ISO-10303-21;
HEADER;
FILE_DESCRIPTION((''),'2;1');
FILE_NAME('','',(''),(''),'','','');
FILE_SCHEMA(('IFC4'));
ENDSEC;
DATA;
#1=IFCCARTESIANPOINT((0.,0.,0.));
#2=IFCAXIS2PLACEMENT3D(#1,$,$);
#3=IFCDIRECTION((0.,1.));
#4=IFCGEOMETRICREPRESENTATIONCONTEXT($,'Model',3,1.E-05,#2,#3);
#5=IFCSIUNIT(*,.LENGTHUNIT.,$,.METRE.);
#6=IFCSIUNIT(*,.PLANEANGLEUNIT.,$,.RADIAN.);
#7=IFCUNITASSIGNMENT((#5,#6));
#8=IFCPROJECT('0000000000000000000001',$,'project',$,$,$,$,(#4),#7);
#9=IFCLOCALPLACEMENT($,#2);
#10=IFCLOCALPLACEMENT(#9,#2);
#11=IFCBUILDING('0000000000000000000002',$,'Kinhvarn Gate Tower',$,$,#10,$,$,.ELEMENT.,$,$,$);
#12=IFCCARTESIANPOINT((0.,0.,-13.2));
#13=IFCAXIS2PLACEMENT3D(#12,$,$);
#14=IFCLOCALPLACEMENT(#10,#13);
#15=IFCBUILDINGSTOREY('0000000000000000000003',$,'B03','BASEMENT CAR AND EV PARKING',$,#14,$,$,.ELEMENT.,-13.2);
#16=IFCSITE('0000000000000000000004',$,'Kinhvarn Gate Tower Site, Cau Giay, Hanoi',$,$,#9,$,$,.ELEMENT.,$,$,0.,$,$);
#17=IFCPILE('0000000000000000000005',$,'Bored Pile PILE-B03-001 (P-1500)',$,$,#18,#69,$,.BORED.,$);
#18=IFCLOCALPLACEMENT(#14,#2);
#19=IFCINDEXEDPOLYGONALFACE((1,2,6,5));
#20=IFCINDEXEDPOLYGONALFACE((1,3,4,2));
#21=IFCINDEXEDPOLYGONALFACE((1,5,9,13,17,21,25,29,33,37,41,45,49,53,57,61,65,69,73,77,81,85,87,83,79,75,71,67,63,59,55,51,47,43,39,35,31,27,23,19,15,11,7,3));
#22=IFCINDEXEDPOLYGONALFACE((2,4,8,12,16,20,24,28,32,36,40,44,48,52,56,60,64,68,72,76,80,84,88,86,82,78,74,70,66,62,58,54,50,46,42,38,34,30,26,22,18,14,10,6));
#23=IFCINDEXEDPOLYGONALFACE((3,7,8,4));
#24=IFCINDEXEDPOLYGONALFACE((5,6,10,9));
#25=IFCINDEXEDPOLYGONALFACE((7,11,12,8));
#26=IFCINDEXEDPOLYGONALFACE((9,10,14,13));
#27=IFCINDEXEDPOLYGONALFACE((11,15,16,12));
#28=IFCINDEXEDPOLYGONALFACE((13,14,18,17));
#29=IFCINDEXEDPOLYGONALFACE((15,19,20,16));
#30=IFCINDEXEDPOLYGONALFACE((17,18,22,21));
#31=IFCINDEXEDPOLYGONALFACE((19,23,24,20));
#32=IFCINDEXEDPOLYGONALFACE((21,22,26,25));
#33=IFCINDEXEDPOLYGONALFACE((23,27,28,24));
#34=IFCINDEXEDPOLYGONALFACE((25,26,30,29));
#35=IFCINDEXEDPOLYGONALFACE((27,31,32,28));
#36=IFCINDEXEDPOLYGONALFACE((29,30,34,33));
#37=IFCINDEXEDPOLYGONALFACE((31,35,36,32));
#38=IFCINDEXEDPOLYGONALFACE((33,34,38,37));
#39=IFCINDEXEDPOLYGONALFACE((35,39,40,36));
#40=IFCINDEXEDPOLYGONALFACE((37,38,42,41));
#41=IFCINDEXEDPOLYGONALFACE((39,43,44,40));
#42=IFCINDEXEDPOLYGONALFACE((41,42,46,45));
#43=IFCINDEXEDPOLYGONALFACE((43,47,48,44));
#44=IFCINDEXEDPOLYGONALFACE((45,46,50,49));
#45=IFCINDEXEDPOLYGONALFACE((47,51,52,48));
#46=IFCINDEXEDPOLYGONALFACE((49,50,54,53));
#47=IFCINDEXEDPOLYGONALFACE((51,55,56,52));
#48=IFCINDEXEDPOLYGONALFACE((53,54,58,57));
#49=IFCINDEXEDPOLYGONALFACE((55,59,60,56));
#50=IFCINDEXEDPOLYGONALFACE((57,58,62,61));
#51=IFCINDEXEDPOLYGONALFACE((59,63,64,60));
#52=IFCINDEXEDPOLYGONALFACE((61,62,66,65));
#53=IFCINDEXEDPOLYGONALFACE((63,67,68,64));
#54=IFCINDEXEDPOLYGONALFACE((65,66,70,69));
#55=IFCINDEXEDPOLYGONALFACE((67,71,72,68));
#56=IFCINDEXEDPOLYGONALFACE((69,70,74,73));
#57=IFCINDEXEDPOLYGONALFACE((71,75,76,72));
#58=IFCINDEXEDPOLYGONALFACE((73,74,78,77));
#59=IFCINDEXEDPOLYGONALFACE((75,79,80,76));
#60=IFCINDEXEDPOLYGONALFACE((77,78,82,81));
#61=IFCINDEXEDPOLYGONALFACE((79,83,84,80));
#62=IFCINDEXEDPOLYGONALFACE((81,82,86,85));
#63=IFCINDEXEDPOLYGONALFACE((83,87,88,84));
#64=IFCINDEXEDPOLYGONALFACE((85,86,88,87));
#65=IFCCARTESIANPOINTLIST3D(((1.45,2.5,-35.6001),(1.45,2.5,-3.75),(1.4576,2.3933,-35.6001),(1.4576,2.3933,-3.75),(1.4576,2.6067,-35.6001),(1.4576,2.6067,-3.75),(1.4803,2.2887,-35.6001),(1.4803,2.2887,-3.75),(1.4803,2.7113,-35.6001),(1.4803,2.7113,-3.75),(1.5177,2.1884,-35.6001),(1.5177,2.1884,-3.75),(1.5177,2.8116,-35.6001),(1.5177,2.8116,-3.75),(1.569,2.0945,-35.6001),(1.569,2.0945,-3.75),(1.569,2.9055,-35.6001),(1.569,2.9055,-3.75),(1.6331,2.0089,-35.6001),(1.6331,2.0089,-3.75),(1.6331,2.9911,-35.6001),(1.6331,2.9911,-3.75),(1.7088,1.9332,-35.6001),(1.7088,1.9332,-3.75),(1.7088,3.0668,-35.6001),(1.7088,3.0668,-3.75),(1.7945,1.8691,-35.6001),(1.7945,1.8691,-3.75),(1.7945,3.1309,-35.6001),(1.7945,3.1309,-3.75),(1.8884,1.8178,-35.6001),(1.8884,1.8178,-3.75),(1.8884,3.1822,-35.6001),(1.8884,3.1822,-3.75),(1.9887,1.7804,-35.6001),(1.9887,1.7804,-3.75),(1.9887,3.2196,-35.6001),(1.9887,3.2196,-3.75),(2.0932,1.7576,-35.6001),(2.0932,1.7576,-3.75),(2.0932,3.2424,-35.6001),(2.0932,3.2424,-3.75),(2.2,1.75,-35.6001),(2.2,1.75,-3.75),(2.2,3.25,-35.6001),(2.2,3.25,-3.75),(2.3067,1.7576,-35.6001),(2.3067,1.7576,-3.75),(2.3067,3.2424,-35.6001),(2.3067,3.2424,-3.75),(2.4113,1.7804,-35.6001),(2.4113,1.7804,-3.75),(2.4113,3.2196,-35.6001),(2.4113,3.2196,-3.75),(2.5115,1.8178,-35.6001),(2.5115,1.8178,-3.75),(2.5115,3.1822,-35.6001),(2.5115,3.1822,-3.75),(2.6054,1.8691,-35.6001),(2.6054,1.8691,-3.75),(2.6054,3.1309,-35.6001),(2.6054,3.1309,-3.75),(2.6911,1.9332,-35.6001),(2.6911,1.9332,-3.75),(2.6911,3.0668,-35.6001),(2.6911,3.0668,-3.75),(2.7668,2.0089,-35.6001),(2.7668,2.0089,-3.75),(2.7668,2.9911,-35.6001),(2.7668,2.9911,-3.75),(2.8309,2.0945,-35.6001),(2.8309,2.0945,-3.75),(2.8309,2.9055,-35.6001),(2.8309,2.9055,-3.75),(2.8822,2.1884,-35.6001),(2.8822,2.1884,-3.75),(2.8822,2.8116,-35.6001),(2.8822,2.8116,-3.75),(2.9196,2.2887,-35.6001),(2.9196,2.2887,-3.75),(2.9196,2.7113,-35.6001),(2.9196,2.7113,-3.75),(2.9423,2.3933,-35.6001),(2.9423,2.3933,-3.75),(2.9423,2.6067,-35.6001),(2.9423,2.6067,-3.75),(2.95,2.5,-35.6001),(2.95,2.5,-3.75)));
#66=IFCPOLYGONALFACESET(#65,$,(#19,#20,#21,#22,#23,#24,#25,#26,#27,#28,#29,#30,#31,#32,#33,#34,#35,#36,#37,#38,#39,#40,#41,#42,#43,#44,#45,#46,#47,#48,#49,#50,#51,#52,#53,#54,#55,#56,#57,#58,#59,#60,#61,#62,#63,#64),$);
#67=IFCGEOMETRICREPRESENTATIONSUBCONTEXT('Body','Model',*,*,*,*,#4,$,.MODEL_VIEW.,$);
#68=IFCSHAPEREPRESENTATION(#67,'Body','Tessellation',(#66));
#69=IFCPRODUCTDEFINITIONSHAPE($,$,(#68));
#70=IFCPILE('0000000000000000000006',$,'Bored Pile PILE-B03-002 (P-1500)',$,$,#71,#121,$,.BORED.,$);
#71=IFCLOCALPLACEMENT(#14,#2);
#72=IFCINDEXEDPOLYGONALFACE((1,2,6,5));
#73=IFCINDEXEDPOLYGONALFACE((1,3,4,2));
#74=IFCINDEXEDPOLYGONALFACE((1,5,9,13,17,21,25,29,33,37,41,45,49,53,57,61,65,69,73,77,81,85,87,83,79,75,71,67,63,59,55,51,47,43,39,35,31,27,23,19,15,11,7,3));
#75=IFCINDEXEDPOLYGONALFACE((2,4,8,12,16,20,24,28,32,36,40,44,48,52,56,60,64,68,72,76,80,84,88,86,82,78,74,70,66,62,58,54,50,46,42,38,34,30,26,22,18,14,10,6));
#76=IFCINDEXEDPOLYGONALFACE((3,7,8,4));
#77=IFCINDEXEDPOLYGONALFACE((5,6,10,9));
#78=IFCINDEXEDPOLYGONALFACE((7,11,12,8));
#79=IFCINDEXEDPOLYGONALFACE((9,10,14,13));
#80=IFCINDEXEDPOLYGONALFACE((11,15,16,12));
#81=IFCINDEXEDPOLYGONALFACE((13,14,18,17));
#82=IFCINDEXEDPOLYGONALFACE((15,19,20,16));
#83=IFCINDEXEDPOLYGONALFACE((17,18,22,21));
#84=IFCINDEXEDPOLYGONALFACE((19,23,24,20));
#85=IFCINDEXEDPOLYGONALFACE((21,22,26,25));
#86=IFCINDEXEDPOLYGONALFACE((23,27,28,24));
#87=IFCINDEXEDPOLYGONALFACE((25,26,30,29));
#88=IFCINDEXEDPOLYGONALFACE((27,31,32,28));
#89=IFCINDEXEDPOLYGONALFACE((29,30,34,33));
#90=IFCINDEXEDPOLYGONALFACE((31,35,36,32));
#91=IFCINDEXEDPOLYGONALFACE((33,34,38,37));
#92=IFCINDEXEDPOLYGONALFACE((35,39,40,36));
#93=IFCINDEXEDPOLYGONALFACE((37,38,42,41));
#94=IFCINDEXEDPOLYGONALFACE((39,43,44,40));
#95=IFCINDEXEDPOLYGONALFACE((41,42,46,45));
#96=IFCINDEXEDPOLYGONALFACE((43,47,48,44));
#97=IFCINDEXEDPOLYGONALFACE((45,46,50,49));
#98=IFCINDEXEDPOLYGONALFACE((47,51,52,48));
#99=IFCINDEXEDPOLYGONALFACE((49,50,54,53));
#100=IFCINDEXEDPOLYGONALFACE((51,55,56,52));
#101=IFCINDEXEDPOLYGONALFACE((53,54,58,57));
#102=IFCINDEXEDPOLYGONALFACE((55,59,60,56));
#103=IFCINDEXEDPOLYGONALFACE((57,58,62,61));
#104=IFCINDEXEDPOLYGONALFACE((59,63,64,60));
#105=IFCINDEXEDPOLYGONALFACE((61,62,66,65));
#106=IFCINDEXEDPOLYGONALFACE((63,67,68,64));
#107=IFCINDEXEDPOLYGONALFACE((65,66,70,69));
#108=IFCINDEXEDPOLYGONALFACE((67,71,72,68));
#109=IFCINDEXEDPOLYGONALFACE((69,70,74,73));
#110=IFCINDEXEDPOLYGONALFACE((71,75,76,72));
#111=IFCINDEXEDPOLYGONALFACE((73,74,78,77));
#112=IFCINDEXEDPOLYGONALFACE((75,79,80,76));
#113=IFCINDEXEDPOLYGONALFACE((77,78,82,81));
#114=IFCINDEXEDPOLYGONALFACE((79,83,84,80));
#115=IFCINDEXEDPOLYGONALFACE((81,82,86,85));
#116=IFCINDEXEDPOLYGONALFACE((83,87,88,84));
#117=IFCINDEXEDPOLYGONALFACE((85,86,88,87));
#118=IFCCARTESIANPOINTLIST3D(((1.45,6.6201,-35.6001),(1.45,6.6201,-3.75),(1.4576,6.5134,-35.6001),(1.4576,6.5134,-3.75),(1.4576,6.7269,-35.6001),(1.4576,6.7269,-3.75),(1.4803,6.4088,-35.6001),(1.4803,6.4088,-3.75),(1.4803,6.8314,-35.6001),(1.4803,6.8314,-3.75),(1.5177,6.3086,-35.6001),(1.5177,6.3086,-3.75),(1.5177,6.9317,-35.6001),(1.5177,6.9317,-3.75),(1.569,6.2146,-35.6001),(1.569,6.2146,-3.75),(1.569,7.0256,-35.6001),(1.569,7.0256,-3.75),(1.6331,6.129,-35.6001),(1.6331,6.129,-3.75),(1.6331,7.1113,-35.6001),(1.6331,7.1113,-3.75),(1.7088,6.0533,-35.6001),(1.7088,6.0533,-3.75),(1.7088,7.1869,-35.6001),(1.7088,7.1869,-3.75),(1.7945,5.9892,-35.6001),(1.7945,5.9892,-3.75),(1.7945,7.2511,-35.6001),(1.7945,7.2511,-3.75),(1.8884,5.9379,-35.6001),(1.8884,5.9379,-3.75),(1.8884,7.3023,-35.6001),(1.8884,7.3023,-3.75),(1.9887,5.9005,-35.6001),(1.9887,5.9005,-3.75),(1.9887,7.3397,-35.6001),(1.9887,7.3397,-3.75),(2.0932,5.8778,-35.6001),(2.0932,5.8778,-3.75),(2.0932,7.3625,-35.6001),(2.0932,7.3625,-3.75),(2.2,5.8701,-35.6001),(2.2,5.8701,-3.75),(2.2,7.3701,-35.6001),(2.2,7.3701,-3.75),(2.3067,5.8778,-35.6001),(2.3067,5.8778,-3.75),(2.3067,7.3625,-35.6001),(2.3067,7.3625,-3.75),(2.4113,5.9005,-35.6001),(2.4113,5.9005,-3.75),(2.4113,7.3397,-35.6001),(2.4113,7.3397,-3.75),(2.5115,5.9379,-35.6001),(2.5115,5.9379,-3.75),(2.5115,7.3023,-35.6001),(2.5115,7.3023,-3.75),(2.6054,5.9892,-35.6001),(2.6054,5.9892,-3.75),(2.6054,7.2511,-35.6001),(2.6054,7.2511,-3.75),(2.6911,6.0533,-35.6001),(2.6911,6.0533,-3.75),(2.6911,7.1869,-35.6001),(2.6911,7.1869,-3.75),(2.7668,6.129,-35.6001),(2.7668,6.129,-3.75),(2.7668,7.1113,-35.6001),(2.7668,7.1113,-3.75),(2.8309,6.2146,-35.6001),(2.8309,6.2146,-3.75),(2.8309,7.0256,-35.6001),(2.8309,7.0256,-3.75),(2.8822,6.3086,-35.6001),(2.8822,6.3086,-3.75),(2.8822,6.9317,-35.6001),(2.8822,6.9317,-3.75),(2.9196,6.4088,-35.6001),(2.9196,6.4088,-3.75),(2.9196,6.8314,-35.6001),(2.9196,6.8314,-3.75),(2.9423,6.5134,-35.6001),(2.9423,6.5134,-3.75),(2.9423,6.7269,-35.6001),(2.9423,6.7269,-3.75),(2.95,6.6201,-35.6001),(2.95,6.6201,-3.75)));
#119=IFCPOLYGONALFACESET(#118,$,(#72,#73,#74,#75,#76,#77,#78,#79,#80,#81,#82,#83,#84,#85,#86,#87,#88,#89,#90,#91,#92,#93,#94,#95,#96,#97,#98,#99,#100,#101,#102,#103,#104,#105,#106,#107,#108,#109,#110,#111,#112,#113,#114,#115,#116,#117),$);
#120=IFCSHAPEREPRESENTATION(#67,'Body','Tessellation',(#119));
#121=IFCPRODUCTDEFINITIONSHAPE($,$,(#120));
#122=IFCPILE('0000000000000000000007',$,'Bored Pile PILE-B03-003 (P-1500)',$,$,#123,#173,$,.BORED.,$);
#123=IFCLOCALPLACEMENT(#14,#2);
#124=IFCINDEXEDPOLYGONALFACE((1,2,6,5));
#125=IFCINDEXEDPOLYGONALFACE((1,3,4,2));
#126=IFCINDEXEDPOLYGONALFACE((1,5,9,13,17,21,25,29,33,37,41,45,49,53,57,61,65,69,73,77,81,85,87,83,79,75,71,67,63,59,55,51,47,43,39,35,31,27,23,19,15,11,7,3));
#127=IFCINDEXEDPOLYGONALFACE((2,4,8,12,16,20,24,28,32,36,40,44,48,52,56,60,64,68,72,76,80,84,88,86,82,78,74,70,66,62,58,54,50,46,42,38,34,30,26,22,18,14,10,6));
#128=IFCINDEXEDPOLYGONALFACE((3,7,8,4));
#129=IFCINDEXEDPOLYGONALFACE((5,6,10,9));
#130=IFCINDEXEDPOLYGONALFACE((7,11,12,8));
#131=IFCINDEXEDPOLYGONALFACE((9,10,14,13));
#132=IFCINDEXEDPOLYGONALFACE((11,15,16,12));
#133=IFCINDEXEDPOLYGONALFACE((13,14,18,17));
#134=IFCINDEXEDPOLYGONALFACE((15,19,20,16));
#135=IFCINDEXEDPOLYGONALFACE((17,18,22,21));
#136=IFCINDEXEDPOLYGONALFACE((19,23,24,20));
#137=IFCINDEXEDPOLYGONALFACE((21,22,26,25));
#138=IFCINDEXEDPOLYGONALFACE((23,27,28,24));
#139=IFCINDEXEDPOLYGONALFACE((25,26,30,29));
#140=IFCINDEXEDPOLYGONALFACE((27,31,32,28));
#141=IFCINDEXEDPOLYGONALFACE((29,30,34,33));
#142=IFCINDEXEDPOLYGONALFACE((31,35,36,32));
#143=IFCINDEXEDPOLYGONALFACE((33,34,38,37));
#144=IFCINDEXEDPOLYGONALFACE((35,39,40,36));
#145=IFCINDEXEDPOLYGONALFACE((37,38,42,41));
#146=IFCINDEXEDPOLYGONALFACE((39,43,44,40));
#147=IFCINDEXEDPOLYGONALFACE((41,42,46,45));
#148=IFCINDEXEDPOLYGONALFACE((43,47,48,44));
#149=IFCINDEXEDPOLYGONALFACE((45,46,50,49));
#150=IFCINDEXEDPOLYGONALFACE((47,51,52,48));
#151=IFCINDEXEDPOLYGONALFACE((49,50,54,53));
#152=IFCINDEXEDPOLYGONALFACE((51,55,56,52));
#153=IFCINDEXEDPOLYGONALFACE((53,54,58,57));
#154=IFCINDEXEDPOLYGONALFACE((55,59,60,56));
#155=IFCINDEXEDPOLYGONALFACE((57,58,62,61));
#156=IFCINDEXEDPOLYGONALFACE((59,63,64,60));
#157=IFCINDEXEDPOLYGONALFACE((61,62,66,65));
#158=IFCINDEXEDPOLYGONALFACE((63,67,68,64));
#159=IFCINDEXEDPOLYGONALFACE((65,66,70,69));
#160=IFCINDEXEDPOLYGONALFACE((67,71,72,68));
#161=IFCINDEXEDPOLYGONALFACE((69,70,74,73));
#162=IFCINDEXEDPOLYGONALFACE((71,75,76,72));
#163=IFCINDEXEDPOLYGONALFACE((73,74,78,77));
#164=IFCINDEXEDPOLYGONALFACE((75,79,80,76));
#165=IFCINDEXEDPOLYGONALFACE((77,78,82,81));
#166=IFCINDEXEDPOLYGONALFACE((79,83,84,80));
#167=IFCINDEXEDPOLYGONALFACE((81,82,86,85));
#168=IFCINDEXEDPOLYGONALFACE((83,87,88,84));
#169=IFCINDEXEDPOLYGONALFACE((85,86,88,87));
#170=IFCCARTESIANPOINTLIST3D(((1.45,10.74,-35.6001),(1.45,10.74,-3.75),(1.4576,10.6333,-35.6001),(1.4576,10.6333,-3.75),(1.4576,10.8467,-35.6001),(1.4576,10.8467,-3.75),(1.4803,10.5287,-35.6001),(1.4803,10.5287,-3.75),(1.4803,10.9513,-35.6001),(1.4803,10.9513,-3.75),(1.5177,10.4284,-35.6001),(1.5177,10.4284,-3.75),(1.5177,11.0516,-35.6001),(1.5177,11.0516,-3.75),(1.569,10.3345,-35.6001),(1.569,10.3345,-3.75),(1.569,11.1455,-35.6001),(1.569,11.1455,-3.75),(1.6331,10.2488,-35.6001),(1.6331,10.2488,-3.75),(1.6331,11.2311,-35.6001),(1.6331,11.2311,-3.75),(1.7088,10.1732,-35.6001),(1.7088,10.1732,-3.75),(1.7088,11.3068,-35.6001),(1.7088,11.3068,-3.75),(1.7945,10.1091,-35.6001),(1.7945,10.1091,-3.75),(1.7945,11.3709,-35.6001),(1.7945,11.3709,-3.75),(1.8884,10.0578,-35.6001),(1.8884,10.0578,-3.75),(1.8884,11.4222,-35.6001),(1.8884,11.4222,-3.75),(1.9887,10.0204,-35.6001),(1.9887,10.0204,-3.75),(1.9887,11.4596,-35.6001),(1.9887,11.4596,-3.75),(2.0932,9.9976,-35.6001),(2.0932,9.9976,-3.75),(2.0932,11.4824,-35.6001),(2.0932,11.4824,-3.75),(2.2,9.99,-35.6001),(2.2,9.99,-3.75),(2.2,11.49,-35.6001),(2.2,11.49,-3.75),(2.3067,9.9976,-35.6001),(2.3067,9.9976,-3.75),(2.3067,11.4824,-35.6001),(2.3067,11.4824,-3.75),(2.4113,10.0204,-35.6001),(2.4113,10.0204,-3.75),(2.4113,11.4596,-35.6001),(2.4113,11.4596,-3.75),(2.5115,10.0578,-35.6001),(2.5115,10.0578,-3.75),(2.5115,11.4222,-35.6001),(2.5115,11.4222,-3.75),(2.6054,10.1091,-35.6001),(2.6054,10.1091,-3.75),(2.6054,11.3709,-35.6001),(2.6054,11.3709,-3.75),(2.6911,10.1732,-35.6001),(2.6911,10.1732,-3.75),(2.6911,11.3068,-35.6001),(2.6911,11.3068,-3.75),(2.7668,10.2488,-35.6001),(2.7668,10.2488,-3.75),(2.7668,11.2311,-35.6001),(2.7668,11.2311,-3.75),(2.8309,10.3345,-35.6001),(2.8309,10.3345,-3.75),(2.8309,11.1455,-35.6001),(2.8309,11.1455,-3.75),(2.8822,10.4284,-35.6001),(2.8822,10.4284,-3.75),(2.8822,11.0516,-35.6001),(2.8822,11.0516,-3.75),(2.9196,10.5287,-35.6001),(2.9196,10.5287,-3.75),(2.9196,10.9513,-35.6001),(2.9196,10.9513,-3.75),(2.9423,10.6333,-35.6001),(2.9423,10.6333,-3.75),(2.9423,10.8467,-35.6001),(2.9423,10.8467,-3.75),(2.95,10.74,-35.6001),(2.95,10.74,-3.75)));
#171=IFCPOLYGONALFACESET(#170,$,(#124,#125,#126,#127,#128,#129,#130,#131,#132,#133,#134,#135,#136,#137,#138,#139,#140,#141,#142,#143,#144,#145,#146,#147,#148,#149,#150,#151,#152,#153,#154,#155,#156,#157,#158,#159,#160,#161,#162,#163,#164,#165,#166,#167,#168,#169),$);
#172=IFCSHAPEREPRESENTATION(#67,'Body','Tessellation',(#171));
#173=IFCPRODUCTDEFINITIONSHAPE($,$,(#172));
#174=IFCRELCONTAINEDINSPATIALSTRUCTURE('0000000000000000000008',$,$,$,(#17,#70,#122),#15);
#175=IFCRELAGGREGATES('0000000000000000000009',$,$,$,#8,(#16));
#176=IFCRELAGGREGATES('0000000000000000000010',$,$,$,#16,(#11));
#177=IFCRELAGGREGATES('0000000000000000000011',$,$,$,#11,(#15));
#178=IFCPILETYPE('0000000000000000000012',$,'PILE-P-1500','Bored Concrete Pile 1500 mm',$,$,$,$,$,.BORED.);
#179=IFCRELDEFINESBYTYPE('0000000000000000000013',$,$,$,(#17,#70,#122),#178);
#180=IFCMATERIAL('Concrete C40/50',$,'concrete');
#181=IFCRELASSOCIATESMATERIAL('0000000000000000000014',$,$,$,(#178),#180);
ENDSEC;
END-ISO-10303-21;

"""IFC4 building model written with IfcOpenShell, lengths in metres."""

from ifc_helpers import new_model, si_unit, direction, frame, origin, origin_2d, place, context, subcontext, project, spatial, circle, extrude, material, material_profile, profile_set, type_object, element, save


model = new_model("IFC4")

# Units and contexts
model_context = context("Model", 3, precision=1e-05, world=origin(), true_north=direction((0.0, 1.0)))
body_context = subcontext(model_context, "Body", "Model", "MODEL_VIEW")
ifc_project = project(units=[si_unit("LENGTHUNIT", "METRE"), si_unit("PLANEANGLEUNIT", "RADIAN")], contexts=[model_context])

# Site, building, storey
site_placement = place(None, origin())
site = spatial("IfcSite", under=ifc_project, at=site_placement, Name="Kinhvarn Gate Tower Site, Cau Giay, Hanoi", CompositionType="ELEMENT", RefElevation=0.0)
building_placement = place(site_placement, origin())
building = spatial("IfcBuilding", under=site, at=building_placement, Name="Kinhvarn Gate Tower", CompositionType="ELEMENT")
storey_placement = place(building_placement, frame((0.0, 0.0, -13.2)))
storey = spatial("IfcBuildingStorey", under=building, at=storey_placement, Name="B03", Description="BASEMENT CAR AND EV PARKING", CompositionType="ELEMENT", Elevation=-13.2)

# Piles
ifc_material = material(Name="Concrete C40/50", Category="concrete")
ifc_material_profile_1 = material_profile(ifc_material, circle(Radius=0.75, at=origin_2d()), Name="PILE D1500")
ifc_profile_set_1 = profile_set([ifc_material_profile_1], Name="Concrete C40/50")
pile_type_1 = type_object("IfcPileType", Name="PILE-P-1500", Description="Bored Concrete Pile 1500 mm", PredefinedType="BORED", material=ifc_profile_set_1)
for number, where, z_axis, x_axis, name in (
    (1, (2.2, 2.5, -35.6001), (0.0, 0.0, 1.0), (1.0, 0.0, 0.0), "Bored Pile PILE-B03-001 (P-1500)"),
    (2, (2.2, 6.6201, -35.6001), (0.0, 0.0, 1.0), (1.0, 0.0, 0.0), "Bored Pile PILE-B03-002 (P-1500)"),
    (3, (2.2, 10.74, -35.6001), (0.0, 0.0, 1.0), (1.0, 0.0, 0.0), "Bored Pile PILE-B03-003 (P-1500)"),
):
    element("IfcPile", number, at=place(storey_placement, frame(where, z_axis=z_axis, x_axis=x_axis)), inside=storey, type_object=pile_type_1, Name=name, PredefinedType="BORED", context=body_context, shape_type="SweptSolid", body=[
        extrude(circle(Radius=0.75, at=origin_2d()), origin(), (0.0, 0.0, 1.0), 31.8501),
    ])

save(model, "model.ifc")
